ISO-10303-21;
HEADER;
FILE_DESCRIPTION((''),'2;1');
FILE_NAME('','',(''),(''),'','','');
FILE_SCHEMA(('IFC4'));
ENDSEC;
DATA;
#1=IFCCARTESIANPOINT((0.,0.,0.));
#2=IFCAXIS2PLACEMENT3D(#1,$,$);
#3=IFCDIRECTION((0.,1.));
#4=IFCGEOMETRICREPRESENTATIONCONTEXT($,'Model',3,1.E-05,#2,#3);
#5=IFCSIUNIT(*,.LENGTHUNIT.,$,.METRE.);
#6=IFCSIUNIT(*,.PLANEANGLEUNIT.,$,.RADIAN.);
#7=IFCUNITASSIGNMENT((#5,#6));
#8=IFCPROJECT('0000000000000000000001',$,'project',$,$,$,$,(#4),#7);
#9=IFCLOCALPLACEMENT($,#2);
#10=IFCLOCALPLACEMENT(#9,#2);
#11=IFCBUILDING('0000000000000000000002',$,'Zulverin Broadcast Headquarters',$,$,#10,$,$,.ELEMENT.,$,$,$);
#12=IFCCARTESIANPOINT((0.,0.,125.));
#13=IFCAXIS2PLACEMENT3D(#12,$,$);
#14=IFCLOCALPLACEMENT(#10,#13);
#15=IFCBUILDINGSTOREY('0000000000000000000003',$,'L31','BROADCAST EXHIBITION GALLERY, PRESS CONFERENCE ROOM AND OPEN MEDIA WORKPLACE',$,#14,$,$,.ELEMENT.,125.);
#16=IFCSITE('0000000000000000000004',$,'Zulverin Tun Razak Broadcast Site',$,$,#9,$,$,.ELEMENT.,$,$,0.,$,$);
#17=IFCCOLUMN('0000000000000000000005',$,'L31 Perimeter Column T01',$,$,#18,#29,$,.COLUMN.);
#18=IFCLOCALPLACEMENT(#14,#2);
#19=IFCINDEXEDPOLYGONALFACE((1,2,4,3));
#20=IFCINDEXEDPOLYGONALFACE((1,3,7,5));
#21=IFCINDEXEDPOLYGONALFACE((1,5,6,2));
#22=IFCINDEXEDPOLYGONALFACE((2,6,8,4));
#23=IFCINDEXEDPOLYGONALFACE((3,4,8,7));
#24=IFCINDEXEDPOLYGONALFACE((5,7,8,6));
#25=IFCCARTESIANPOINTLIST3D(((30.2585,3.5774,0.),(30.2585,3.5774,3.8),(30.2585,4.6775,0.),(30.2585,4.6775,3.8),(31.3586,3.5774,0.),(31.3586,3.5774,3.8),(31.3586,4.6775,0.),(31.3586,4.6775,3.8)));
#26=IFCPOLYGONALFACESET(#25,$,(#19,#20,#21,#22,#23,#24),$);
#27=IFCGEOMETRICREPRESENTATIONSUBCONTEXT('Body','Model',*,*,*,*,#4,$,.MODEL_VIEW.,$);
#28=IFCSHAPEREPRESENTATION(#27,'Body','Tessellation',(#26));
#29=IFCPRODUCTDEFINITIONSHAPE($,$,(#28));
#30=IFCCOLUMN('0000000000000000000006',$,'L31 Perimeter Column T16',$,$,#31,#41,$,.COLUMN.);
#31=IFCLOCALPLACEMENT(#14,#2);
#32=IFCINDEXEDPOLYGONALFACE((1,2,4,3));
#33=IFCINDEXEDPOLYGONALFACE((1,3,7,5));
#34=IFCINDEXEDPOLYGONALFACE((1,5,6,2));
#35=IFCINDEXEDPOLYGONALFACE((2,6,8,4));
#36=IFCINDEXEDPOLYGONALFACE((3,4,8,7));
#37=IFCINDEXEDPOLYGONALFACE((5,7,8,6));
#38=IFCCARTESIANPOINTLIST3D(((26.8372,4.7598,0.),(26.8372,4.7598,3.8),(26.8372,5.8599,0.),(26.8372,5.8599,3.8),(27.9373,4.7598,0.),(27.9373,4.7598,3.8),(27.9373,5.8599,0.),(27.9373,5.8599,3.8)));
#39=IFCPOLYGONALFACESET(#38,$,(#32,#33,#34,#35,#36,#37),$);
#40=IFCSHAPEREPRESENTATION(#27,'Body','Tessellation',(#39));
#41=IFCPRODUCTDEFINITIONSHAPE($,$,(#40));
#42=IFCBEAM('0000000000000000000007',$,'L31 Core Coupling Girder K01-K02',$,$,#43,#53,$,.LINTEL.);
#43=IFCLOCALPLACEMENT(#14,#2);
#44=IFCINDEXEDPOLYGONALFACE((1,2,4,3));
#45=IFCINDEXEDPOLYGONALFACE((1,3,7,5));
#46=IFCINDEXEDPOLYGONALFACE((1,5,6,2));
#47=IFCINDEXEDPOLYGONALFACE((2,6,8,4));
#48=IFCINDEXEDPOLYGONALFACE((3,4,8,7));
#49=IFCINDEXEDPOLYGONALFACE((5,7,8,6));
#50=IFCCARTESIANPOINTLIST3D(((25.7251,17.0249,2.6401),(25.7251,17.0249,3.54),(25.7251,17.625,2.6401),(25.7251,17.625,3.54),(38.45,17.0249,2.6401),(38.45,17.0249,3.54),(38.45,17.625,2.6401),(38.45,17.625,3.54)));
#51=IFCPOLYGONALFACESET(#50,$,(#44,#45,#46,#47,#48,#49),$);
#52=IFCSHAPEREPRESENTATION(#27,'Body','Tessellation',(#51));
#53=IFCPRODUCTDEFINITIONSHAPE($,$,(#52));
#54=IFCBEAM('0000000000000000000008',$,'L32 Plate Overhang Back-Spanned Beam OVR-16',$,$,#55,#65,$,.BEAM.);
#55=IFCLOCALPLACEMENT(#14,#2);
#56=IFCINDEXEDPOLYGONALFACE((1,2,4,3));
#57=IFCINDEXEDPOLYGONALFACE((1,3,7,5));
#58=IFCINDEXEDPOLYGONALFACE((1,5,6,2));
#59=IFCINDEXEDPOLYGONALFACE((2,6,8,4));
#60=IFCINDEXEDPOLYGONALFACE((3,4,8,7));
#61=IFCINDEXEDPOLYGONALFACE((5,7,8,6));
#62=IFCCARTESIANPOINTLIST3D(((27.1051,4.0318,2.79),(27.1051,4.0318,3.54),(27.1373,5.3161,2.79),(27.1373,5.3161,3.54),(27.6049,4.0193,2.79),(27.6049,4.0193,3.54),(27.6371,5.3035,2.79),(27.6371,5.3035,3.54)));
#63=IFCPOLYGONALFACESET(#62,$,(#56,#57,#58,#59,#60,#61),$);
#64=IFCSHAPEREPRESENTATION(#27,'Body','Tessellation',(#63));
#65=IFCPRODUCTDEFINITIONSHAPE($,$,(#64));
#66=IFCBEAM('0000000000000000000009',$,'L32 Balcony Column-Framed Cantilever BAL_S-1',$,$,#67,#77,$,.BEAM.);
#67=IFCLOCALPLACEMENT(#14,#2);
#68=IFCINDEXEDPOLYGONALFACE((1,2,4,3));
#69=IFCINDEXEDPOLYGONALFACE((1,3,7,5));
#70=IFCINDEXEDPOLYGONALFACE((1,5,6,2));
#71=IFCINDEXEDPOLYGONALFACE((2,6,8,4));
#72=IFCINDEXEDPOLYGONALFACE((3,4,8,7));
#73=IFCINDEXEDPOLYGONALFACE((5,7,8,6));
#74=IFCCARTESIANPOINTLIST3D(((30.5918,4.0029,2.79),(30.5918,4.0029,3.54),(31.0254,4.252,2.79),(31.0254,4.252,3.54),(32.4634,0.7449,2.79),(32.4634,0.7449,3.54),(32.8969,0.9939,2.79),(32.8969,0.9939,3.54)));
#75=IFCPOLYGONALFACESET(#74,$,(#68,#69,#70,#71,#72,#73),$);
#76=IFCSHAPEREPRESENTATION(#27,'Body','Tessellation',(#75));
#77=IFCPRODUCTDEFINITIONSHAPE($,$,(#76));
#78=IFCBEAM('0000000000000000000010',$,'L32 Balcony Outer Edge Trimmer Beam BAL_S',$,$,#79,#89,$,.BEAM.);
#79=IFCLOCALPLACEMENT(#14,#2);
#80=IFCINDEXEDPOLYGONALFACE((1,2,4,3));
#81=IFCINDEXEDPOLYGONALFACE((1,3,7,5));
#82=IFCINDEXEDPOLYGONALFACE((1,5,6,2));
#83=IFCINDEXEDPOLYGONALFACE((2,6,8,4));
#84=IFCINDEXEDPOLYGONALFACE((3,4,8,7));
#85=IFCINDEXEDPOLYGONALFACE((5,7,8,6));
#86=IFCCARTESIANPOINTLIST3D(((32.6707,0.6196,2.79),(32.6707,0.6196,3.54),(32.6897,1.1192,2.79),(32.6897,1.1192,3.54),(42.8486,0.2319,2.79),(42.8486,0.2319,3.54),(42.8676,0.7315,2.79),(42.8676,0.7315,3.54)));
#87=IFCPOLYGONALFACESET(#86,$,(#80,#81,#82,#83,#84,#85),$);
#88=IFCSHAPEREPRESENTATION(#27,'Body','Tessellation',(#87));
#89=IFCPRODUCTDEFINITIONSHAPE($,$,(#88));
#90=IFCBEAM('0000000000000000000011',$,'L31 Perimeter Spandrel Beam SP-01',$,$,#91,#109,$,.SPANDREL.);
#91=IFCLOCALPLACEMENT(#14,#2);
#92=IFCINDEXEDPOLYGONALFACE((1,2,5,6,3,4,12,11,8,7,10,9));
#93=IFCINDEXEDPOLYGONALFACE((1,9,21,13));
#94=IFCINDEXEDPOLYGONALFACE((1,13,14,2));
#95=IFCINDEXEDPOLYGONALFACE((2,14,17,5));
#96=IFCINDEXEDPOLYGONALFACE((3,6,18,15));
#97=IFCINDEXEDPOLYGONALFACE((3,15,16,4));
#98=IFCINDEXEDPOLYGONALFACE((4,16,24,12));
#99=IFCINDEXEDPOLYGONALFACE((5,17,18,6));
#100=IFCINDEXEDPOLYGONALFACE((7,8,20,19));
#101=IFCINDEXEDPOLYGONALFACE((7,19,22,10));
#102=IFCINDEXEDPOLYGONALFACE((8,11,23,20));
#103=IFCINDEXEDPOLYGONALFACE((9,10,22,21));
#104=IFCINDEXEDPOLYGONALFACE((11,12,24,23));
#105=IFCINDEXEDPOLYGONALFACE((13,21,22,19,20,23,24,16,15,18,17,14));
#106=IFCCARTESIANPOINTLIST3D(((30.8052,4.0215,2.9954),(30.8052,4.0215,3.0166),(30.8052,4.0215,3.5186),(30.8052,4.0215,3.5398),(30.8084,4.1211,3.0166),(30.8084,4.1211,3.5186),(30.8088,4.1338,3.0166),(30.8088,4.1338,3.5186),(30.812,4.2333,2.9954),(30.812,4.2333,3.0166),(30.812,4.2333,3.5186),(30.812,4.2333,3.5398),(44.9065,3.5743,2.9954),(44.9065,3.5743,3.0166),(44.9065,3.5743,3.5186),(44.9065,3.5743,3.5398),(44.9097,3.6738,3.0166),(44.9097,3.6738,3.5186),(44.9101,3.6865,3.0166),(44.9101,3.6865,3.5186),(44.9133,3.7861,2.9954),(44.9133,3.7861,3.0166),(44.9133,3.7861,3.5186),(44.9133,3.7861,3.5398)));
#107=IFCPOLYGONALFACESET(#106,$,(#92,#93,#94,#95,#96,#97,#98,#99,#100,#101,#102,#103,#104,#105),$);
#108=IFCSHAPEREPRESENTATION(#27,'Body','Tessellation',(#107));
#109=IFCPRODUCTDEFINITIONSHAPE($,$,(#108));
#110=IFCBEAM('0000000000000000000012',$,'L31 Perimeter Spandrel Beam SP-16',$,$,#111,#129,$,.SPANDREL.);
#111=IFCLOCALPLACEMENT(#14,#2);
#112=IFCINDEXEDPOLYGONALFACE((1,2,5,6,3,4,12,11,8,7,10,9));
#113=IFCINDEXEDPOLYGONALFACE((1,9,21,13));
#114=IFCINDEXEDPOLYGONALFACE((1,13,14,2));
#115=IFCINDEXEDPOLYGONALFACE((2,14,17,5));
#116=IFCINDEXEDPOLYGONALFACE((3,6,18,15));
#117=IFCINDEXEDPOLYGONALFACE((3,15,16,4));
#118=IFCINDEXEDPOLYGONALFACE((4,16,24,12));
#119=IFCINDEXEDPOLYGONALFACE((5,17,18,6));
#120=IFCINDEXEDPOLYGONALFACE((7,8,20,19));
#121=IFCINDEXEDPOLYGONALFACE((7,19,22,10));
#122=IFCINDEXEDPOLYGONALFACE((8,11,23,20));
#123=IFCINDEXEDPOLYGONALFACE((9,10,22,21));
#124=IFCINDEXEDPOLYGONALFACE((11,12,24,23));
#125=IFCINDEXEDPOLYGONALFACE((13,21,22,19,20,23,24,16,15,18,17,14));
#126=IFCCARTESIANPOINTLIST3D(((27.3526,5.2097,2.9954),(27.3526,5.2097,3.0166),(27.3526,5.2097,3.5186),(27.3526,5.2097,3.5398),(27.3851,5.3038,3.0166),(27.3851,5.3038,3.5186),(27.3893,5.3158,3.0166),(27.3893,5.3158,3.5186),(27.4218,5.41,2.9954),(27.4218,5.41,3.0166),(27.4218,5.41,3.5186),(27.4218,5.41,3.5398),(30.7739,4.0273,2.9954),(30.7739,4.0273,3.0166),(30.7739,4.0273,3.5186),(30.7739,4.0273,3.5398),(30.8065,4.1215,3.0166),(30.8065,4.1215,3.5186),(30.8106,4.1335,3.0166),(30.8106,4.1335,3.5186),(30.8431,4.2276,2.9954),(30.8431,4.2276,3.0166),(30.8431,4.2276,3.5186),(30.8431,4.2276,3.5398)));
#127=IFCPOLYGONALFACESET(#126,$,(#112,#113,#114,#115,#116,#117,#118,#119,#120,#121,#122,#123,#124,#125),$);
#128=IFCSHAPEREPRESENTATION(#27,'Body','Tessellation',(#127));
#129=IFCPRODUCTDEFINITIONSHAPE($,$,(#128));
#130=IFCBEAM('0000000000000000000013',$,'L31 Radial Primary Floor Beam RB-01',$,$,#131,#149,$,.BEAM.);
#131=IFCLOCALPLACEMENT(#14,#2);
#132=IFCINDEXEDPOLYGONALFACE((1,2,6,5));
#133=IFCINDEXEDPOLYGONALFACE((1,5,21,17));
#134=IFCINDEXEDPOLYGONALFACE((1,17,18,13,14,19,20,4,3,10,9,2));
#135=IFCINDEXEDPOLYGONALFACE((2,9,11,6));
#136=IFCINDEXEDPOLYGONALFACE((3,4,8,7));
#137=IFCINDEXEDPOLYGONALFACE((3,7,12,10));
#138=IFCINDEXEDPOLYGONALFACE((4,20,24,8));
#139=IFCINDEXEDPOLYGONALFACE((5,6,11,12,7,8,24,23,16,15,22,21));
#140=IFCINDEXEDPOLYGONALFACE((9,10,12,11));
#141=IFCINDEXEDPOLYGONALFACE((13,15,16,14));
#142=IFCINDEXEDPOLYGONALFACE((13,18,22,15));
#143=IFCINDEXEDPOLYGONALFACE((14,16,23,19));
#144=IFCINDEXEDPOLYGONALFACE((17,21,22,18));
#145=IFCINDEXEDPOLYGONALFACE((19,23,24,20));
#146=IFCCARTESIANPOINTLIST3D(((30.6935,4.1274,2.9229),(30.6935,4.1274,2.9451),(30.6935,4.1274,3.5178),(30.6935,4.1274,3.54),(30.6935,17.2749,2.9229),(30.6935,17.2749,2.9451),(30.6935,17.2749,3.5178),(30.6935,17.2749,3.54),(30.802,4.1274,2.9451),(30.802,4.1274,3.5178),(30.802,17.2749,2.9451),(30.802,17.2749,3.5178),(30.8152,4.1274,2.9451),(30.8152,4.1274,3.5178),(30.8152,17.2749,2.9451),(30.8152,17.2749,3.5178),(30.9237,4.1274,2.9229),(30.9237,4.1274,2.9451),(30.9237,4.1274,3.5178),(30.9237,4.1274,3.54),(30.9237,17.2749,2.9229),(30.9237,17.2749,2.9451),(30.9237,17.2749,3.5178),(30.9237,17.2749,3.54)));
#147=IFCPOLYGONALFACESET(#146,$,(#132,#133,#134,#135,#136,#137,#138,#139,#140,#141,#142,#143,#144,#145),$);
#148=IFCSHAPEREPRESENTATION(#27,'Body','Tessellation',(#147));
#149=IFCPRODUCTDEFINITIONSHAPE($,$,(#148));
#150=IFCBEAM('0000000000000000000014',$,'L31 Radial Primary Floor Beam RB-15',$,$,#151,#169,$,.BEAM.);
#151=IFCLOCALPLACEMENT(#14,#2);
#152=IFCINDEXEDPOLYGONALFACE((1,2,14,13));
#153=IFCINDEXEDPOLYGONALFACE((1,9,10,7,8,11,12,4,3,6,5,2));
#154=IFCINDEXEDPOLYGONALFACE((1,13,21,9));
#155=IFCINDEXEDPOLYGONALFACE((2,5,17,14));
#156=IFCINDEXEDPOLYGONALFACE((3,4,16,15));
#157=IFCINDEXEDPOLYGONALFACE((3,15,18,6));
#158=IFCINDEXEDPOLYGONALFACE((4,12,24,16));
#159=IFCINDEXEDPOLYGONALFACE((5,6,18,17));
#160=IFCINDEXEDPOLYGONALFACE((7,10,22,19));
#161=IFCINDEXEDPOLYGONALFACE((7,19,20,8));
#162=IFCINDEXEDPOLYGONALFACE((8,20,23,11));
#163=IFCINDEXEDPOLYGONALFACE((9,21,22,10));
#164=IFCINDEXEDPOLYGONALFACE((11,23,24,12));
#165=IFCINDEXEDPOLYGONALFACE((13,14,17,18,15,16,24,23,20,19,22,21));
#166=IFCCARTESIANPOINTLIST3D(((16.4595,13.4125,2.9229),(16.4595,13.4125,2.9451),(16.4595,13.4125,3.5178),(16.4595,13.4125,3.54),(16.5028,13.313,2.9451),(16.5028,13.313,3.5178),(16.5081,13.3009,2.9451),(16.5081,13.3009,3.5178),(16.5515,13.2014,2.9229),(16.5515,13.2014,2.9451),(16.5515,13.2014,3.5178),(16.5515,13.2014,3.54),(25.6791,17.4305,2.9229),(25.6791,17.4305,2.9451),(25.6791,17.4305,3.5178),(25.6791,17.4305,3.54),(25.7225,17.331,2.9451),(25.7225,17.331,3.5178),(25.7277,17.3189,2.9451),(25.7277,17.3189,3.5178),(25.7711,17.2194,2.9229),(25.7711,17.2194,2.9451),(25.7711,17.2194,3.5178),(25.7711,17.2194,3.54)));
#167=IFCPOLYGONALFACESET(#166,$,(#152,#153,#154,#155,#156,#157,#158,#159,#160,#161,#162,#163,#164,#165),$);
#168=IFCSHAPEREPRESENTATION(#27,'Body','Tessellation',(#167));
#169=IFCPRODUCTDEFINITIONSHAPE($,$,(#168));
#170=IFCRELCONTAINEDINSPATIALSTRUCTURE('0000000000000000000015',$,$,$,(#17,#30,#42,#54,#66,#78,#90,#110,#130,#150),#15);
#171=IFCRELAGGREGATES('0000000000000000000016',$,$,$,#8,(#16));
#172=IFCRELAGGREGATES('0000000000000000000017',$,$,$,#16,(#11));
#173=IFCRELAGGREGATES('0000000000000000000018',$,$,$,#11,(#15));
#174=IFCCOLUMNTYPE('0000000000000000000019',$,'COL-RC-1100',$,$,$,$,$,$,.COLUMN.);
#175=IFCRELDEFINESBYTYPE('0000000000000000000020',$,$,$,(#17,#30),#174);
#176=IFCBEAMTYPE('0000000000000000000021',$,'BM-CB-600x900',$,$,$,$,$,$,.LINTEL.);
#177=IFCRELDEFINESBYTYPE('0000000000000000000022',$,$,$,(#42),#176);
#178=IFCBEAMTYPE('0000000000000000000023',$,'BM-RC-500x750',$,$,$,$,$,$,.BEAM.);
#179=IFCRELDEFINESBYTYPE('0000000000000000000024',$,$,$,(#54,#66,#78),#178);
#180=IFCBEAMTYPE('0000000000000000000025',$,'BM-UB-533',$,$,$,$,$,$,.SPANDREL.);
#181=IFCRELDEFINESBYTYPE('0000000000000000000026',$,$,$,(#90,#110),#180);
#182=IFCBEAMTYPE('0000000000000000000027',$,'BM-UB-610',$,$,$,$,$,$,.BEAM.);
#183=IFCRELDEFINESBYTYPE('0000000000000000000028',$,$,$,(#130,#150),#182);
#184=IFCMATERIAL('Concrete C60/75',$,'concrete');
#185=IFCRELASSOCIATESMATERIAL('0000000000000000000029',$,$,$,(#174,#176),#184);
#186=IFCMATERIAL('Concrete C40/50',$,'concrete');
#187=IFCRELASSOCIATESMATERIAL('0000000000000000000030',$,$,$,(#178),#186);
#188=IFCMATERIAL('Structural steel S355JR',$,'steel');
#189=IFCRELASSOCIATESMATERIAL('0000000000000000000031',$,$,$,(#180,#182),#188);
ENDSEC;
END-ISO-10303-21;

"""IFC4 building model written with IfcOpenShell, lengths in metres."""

from ifc_helpers import new_model, si_unit, direction, frame, origin, origin_2d, place, context, subcontext, project, spatial, rectangle, i_section, extrude, material, material_profile, profile_set, type_object, element, save


model = new_model("IFC4")

# Units and contexts
model_context = context("Model", 3, precision=1e-05, world=origin(), true_north=direction((0.0, 1.0)))
body_context = subcontext(model_context, "Body", "Model", "MODEL_VIEW")
ifc_project = project(units=[si_unit("LENGTHUNIT", "METRE"), si_unit("PLANEANGLEUNIT", "RADIAN")], contexts=[model_context])

# Site, building, storey
site_placement = place(None, origin())
site = spatial("IfcSite", under=ifc_project, at=site_placement, Name="Zulverin Tun Razak Broadcast Site", CompositionType="ELEMENT", RefElevation=0.0)
building_placement = place(site_placement, origin())
building = spatial("IfcBuilding", under=site, at=building_placement, Name="Zulverin Broadcast Headquarters", CompositionType="ELEMENT")
storey_placement = place(building_placement, frame((0.0, 0.0, 125.0)))
storey = spatial("IfcBuildingStorey", under=building, at=storey_placement, Name="L31", Description="BROADCAST EXHIBITION GALLERY, PRESS CONFERENCE ROOM AND OPEN MEDIA WORKPLACE", CompositionType="ELEMENT", Elevation=125.0)

# Columns
ifc_material_1 = material(Name="Concrete C60/75", Category="concrete")
ifc_material_profile_1 = material_profile(ifc_material_1, rectangle(XDim=1.1001, YDim=1.1001, at=origin_2d()), Name="Concrete C60/75", Category="concrete")
ifc_profile_set_1 = profile_set([ifc_material_profile_1], Name="Concrete C60/75")
column_type = type_object("IfcColumnType", Name="COL-RC-1100", PredefinedType="COLUMN", material=ifc_profile_set_1)
for number, where, z_axis, x_axis, name in (
    (1, (30.8086, 4.1274, 0.0), (0.0, 0.0, 1.0), (1.0, 0.0, 0.0), "L31 Perimeter Column T01"),
    (2, (27.3872, 5.3098, 0.0), (0.0, 0.0, 1.0), (1.0, 0.0, 0.0), "L31 Perimeter Column T16"),
):
    element("IfcColumn", number, at=place(storey_placement, frame(where, z_axis=z_axis, x_axis=x_axis)), inside=storey, type_object=column_type, Name=name, PredefinedType="COLUMN", context=body_context, shape_type="SweptSolid", body=[
        extrude(rectangle(XDim=1.1001, YDim=1.1001, at=origin_2d()), origin(), (0.0, 0.0, 1.0), 3.8),
    ])

# Beams
ifc_material_profile_2 = material_profile(ifc_material_1, rectangle(XDim=0.6001, YDim=0.8999, at=origin_2d()), Name="Concrete C60/75", Category="concrete")
ifc_profile_set_2 = profile_set([ifc_material_profile_2], Name="Concrete C60/75")
beam_type_1 = type_object("IfcBeamType", Name="BM-CB-600x900", PredefinedType="LINTEL", material=ifc_profile_set_2)
beam_1_placement = place(storey_placement, frame((25.7251, 17.325, 3.0901), z_axis=(1.0, 0.0, 0.0), x_axis=(0.0, 1.0, 0.0)))
element("IfcBeam", 3, at=beam_1_placement, inside=storey, type_object=beam_type_1, Name="L31 Core Coupling Girder K01-K02", PredefinedType="LINTEL", context=body_context, shape_type="SweptSolid", body=[
    extrude(rectangle(XDim=0.6001, YDim=0.8999, at=origin_2d()), origin(), (0.0, 0.0, 1.0), 12.7249),
])
ifc_material_2 = material(Name="Concrete C40/50", Category="concrete")
ifc_material_profile_3 = material_profile(ifc_material_2, rectangle(XDim=0.5, YDim=0.75, at=origin_2d()), Name="Concrete C40/50", Category="concrete")
ifc_profile_set_3 = profile_set([ifc_material_profile_3], Name="Concrete C40/50")
beam_type_2 = type_object("IfcBeamType", Name="BM-RC-500x750", PredefinedType="BEAM", material=ifc_profile_set_3)
beam_2_placement = place(storey_placement, frame((27.3872, 5.3098, 3.165), z_axis=(-0.025087, -0.999685, 0.0), x_axis=(0.999685, -0.025087, 0.0)))
element("IfcBeam", 4, at=beam_2_placement, inside=storey, type_object=beam_type_2, Name="L32 Plate Overhang Back-Spanned Beam OVR-16", PredefinedType="BEAM", context=body_context, shape_type="SweptSolid", body=[
    extrude(rectangle(XDim=0.5, YDim=0.75, at=origin_2d()), origin(), (0.0, 0.0, 1.0), 1.2847),
])
beam_3_placement = place(storey_placement, frame((30.8086, 4.1274, 3.165), z_axis=(0.498111, -0.867113, 0.0), x_axis=(0.867113, 0.498111, 0.0)))
element("IfcBeam", 5, at=beam_3_placement, inside=storey, type_object=beam_type_2, Name="L32 Balcony Column-Framed Cantilever BAL_S-1", PredefinedType="BEAM", context=body_context, shape_type="SweptSolid", body=[
    extrude(rectangle(XDim=0.5, YDim=0.75, at=origin_2d()), origin(), (0.0, 0.0, 1.0), 3.7573),
])
beam_4_placement = place(storey_placement, frame((32.6802, 0.8694, 3.165), z_axis=(0.999275, -0.038064, 0.0), x_axis=(0.038064, 0.999275, 0.0)))
element("IfcBeam", 6, at=beam_4_placement, inside=storey, type_object=beam_type_2, Name="L32 Balcony Outer Edge Trimmer Beam BAL_S", PredefinedType="BEAM", context=body_context, shape_type="SweptSolid", body=[
    extrude(rectangle(XDim=0.5, YDim=0.75, at=origin_2d()), origin(), (0.0, 0.0, 1.0), 10.1853),
])
ifc_material_3 = material(Name="Structural steel S355JR", Category="steel")
ifc_material_profile_4 = material_profile(ifc_material_3, i_section(OverallWidth=0.2119, OverallDepth=0.5444, WebThickness=0.0127, FlangeThickness=0.0212, at=origin_2d()), Name="Structural steel S355JR", Category="steel")
ifc_profile_set_4 = profile_set([ifc_material_profile_4], Name="Structural steel S355JR")
beam_type_3 = type_object("IfcBeamType", Name="BM-UB-533", PredefinedType="SPANDREL", material=ifc_profile_set_4)
beam_5_placement = place(storey_placement, frame((30.8086, 4.1274, 3.2676), z_axis=(0.999497, -0.031702, 0.0), x_axis=(0.031702, 0.999497, 0.0)))
element("IfcBeam", 7, at=beam_5_placement, inside=storey, type_object=beam_type_3, Name="L31 Perimeter Spandrel Beam SP-01", PredefinedType="SPANDREL", context=body_context, shape_type="SweptSolid", body=[
    extrude(i_section(OverallWidth=0.2119, OverallDepth=0.5444, WebThickness=0.0127, FlangeThickness=0.0212, at=origin_2d()), origin(), (0.0, 0.0, 1.0), 14.1084),
])
beam_6_placement = place(storey_placement, frame((27.3872, 5.3098, 3.2676), z_axis=(0.945153, -0.326629, 0.0), x_axis=(0.326629, 0.945153, 0.0)))
element("IfcBeam", 8, at=beam_6_placement, inside=storey, type_object=beam_type_3, Name="L31 Perimeter Spandrel Beam SP-16", PredefinedType="SPANDREL", context=body_context, shape_type="SweptSolid", body=[
    extrude(i_section(OverallWidth=0.2119, OverallDepth=0.5444, WebThickness=0.0127, FlangeThickness=0.0212, at=origin_2d()), origin(), (0.0, 0.0, 1.0), 3.6199),
])
ifc_material_profile_5 = material_profile(ifc_material_3, i_section(OverallWidth=0.2302, OverallDepth=0.6172, WebThickness=0.0132, FlangeThickness=0.0222, at=origin_2d()), Name="Structural steel S355JR", Category="steel")
ifc_profile_set_5 = profile_set([ifc_material_profile_5], Name="Structural steel S355JR")
beam_type_4 = type_object("IfcBeamType", Name="BM-UB-610", PredefinedType="BEAM", material=ifc_profile_set_5)
beam_7_placement = place(storey_placement, frame((30.8086, 17.2749, 3.2314), z_axis=(0.0, -1.0, 0.0), x_axis=(1.0, 0.0, 0.0)))
element("IfcBeam", 9, at=beam_7_placement, inside=storey, type_object=beam_type_4, Name="L31 Radial Primary Floor Beam RB-01", PredefinedType="BEAM", context=body_context, shape_type="SweptSolid", body=[
    extrude(i_section(OverallWidth=0.2302, OverallDepth=0.6172, WebThickness=0.0132, FlangeThickness=0.0222, at=origin_2d()), origin(), (0.0, 0.0, 1.0), 13.1475),
])
beam_8_placement = place(storey_placement, frame((25.7251, 17.325, 3.2314), z_axis=(-0.916725, -0.39952, 0.0), x_axis=(0.39952, -0.916725, 0.0)))
element("IfcBeam", 10, at=beam_8_placement, inside=storey, type_object=beam_type_4, Name="L31 Radial Primary Floor Beam RB-15", PredefinedType="BEAM", context=body_context, shape_type="SweptSolid", body=[
    extrude(i_section(OverallWidth=0.2302, OverallDepth=0.6172, WebThickness=0.0132, FlangeThickness=0.0222, at=origin_2d()), origin(), (0.0, 0.0, 1.0), 10.0571),
])

save(model, "model.ifc")
